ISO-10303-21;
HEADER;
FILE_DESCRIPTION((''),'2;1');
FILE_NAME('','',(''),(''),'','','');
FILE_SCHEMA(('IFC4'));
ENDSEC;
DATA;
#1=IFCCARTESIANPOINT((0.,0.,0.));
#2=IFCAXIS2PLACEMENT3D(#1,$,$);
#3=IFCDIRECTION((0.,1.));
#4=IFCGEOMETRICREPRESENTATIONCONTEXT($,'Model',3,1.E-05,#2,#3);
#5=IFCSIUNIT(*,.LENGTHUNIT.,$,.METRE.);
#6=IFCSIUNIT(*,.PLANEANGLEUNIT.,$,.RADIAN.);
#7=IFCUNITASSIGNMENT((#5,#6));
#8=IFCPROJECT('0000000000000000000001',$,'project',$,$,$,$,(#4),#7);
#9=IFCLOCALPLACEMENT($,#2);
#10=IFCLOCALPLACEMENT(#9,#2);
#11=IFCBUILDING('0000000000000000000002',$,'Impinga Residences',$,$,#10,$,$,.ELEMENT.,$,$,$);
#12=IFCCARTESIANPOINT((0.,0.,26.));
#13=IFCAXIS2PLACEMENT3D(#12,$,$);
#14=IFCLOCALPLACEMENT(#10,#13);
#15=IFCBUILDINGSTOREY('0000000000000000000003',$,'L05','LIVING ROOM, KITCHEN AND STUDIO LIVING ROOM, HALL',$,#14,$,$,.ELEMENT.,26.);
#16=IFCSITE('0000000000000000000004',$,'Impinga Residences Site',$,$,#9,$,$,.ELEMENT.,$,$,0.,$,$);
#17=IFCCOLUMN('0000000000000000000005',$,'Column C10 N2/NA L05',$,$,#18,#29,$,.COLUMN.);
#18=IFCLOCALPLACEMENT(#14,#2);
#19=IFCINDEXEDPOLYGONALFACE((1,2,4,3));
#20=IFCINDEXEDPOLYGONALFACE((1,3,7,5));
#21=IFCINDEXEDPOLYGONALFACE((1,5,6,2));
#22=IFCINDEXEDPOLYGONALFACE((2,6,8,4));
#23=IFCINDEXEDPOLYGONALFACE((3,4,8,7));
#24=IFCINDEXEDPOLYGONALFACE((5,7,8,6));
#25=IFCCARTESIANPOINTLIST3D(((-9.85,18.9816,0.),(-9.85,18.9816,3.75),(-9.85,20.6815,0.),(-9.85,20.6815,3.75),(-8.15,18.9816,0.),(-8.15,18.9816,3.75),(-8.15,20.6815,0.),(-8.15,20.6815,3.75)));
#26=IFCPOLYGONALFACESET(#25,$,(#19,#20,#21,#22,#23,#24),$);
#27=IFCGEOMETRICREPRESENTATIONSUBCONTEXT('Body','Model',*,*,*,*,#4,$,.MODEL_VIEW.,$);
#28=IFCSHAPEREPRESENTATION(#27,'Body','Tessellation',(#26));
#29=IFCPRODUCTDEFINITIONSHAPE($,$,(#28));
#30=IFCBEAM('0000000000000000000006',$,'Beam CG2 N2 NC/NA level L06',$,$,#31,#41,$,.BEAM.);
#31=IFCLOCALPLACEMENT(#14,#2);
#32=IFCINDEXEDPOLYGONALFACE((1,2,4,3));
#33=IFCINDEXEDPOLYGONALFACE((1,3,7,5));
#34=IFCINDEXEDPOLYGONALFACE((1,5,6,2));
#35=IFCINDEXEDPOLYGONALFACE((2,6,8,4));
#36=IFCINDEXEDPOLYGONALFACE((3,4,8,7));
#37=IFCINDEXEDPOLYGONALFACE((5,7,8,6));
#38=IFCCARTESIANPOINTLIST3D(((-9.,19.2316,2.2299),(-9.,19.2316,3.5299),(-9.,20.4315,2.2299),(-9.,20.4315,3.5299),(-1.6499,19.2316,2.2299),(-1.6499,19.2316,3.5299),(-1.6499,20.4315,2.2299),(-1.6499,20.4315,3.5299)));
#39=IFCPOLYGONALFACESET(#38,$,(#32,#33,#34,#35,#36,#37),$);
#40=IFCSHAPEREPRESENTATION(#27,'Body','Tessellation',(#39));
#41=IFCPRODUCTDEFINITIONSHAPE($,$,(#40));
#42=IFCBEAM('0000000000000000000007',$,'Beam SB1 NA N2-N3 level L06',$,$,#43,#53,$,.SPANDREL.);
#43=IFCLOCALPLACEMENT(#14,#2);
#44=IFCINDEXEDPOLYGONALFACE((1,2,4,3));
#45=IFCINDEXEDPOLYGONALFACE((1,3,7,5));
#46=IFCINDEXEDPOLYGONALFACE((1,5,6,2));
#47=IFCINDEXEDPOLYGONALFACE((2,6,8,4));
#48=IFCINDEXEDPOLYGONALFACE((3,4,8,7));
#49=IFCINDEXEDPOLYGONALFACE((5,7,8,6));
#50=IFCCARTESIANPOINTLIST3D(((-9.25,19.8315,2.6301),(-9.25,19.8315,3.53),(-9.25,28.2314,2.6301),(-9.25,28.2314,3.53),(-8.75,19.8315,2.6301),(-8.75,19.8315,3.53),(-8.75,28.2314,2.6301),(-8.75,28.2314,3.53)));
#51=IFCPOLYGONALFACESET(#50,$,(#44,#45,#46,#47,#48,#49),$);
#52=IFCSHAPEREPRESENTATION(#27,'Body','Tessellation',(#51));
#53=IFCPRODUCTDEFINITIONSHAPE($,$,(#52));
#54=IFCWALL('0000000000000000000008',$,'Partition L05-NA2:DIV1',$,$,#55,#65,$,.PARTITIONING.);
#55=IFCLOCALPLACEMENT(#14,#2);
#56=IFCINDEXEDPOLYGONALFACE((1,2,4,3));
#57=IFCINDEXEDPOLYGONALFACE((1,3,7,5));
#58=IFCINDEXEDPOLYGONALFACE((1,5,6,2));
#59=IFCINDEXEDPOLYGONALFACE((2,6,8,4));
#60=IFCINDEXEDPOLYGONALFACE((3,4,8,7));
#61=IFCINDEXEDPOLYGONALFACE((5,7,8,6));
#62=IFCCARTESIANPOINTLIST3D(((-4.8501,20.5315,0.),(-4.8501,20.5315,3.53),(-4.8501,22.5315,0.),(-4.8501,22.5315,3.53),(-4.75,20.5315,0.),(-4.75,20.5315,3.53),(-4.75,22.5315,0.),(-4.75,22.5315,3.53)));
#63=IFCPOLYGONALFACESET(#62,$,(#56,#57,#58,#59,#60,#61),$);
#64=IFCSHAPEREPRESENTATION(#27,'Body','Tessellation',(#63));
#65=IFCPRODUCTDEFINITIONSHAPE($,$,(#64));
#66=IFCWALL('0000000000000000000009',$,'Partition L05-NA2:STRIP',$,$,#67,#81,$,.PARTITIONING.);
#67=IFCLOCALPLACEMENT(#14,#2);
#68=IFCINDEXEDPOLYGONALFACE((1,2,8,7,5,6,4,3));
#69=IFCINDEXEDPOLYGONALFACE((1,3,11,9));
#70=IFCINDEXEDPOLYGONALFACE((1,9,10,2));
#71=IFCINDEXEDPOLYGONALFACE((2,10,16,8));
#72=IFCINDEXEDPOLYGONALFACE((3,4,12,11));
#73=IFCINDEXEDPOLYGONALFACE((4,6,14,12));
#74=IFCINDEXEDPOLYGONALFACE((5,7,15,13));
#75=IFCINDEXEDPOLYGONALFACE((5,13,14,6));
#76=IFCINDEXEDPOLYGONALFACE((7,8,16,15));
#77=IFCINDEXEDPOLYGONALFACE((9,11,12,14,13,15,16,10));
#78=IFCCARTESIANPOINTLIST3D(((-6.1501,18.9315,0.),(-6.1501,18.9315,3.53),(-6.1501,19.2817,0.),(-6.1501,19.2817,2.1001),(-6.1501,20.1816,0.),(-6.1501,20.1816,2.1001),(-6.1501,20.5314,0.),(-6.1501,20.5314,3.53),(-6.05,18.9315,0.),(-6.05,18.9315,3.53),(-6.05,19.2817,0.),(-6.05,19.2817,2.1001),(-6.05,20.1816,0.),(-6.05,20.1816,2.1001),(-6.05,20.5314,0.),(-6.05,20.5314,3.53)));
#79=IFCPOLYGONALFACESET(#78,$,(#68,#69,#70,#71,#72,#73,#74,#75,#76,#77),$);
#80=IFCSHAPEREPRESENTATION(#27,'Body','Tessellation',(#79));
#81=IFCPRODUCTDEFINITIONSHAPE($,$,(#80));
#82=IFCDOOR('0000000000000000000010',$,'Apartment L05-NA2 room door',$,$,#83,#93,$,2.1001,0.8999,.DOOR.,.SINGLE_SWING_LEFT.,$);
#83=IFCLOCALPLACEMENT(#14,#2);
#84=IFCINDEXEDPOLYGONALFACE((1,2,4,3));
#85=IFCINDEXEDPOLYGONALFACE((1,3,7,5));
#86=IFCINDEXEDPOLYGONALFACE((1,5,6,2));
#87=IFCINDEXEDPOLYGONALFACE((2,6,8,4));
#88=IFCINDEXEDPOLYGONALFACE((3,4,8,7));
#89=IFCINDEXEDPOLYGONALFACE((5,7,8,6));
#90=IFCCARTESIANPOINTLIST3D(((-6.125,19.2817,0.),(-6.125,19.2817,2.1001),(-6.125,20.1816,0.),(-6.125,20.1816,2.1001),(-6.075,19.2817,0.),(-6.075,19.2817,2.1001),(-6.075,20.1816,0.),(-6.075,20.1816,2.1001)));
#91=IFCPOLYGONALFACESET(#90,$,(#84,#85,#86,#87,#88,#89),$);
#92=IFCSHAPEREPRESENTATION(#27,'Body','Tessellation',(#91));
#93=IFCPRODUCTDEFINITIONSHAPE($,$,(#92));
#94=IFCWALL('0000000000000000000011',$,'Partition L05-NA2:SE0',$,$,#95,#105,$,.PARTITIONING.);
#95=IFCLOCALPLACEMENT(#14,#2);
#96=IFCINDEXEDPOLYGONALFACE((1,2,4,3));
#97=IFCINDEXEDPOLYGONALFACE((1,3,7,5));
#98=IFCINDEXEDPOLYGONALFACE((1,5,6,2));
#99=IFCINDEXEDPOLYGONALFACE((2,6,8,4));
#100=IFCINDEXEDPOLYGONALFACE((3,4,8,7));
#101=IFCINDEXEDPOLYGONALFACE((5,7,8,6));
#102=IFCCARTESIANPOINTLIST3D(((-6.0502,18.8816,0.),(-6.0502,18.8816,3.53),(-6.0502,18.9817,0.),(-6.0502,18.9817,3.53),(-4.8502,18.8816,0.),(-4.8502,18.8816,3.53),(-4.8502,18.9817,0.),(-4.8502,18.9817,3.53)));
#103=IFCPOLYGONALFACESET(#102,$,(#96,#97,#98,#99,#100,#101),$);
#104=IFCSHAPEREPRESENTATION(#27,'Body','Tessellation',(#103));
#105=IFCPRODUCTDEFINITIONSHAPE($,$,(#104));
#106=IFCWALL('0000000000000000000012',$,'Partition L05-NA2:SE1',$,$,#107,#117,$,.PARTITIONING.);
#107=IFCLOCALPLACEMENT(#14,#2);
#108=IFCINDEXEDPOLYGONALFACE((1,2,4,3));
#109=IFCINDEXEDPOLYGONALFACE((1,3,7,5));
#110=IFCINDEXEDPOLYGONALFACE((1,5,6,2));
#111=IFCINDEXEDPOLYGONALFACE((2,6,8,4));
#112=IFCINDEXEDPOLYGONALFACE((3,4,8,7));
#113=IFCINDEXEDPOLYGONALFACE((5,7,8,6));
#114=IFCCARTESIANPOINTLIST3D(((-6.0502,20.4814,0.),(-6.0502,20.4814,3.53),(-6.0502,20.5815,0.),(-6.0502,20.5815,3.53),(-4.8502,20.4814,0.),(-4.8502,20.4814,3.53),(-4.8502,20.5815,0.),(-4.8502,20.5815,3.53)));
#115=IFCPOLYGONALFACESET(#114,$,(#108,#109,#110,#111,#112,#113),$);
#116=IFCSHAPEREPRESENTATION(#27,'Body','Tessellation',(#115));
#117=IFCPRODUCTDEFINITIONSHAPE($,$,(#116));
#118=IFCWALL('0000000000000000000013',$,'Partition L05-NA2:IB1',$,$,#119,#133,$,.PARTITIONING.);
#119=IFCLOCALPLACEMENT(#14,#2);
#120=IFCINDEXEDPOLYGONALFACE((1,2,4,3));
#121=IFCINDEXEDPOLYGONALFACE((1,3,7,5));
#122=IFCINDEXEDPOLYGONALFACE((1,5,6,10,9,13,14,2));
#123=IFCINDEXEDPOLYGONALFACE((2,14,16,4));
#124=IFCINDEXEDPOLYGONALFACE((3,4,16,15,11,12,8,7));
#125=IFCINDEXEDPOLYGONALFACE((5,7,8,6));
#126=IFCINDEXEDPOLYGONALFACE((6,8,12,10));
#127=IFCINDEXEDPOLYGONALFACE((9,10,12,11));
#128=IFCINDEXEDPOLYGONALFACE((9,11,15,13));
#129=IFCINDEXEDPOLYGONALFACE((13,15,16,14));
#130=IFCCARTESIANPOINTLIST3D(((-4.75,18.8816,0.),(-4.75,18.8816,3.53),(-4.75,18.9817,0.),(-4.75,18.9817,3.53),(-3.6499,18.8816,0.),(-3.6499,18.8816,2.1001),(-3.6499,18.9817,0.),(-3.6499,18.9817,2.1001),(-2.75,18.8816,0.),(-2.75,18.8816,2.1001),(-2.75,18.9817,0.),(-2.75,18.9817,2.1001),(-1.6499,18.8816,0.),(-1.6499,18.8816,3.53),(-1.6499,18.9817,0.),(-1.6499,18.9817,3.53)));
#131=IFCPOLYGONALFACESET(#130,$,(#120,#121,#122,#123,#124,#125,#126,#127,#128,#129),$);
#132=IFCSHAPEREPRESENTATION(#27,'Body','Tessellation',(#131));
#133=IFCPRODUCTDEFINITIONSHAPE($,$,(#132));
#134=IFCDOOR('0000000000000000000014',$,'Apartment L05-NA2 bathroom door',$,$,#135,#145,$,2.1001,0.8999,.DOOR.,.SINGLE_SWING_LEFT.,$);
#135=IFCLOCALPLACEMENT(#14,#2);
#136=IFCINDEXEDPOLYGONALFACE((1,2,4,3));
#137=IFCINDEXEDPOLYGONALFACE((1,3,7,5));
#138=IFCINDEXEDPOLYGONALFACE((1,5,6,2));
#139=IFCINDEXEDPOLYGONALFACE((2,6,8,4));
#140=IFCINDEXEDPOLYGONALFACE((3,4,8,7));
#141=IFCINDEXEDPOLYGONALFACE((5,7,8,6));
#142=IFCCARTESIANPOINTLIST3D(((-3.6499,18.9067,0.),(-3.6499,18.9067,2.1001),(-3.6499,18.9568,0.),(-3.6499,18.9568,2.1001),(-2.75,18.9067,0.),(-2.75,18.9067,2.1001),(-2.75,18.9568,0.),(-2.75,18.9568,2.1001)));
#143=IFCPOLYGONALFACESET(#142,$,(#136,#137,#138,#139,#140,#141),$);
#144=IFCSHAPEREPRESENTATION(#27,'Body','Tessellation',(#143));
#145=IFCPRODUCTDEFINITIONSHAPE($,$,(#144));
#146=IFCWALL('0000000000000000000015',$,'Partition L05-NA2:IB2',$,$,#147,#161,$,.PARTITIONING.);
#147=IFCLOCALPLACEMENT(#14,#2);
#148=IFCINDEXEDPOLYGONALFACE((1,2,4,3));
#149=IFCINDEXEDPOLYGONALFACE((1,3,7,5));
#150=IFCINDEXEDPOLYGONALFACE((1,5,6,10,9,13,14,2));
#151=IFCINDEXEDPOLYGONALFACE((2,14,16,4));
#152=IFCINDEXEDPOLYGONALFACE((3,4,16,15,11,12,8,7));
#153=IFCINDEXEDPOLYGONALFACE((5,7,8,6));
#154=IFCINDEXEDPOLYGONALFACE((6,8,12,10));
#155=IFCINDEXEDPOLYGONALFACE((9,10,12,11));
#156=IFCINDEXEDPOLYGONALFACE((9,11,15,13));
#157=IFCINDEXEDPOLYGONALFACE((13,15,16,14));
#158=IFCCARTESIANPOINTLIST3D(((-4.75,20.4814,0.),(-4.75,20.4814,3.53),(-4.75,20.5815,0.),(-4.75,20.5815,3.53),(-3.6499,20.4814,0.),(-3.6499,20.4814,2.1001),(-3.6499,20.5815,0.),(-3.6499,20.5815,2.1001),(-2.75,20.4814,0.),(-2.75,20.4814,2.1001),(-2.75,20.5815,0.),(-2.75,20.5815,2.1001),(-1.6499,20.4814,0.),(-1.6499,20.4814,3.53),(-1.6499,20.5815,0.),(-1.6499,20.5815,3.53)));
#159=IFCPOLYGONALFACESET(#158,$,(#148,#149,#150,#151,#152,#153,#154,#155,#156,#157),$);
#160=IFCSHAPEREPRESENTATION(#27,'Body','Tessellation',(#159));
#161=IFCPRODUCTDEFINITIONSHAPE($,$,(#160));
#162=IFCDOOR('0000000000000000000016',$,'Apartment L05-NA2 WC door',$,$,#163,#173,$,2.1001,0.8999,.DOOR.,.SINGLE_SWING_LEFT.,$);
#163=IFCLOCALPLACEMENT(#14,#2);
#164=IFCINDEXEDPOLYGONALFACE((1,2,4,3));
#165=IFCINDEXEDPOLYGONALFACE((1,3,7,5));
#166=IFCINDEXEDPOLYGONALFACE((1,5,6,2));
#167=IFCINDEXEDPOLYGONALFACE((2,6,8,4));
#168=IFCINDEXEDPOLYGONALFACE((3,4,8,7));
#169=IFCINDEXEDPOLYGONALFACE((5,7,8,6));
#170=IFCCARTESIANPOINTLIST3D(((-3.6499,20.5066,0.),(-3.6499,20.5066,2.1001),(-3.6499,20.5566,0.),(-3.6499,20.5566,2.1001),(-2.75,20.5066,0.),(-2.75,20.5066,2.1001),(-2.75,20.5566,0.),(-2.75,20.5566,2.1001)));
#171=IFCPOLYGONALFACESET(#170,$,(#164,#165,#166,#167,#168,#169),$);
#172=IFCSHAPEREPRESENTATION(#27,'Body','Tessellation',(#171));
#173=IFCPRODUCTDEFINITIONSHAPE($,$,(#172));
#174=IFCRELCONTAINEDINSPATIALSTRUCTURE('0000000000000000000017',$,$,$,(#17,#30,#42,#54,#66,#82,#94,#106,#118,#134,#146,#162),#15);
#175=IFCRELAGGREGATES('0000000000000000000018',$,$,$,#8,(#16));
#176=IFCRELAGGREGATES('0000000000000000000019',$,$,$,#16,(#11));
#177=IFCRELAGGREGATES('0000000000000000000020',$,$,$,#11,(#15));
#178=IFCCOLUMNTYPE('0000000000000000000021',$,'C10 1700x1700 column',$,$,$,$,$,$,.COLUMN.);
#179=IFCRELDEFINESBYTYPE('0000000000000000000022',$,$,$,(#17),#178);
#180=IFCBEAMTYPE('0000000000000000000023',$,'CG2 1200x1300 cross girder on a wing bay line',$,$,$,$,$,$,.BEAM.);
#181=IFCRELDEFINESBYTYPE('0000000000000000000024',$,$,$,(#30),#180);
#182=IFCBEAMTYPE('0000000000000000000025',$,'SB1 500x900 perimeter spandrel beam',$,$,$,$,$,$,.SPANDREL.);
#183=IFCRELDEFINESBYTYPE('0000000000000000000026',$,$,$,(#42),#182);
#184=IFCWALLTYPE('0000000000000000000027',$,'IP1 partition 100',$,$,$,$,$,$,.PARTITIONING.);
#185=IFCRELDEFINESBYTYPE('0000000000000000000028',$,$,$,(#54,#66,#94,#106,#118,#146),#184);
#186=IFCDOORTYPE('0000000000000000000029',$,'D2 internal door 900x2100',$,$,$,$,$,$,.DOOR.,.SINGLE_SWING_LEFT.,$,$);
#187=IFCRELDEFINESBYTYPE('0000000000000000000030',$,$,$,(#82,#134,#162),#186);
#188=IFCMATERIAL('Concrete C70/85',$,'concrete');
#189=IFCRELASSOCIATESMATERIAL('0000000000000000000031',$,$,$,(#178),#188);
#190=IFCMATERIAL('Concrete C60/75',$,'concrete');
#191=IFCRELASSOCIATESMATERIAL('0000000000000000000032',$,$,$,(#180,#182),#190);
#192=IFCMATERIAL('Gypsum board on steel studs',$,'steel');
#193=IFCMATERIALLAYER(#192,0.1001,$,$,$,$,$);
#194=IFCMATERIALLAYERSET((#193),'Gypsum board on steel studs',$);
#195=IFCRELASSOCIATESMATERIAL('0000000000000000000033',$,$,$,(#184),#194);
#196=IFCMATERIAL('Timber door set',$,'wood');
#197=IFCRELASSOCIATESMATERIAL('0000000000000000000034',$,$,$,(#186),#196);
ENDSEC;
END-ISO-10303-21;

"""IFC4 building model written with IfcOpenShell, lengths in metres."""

from ifc_helpers import new_model, si_unit, direction, frame, frame_2d, origin, origin_2d, place, context, subcontext, project, spatial, rectangle, extrude, material, layer, layer_set, material_profile, profile_set, type_object, element, fill, save


model = new_model("IFC4")

# Units and contexts
model_context = context("Model", 3, precision=1e-05, world=origin(), true_north=direction((0.0, 1.0)))
body_context = subcontext(model_context, "Body", "Model", "MODEL_VIEW")
ifc_project = project(units=[si_unit("LENGTHUNIT", "METRE"), si_unit("PLANEANGLEUNIT", "RADIAN")], contexts=[model_context])

# Site, building, storey
site_placement = place(None, origin())
site = spatial("IfcSite", under=ifc_project, at=site_placement, Name="Impinga Residences Site", CompositionType="ELEMENT", RefElevation=0.0)
building_placement = place(site_placement, origin())
building = spatial("IfcBuilding", under=site, at=building_placement, Name="Impinga Residences", CompositionType="ELEMENT")
storey_placement = place(building_placement, frame((0.0, 0.0, 26.0)))
storey = spatial("IfcBuildingStorey", under=building, at=storey_placement, Name="L05", Description="LIVING ROOM, KITCHEN AND STUDIO LIVING ROOM, HALL", CompositionType="ELEMENT", Elevation=26.0)

# Column
ifc_material_1 = material(Name="Concrete C70/85", Category="concrete")
ifc_material_profile_1 = material_profile(ifc_material_1, rectangle(XDim=1.7, YDim=1.7, at=origin_2d()), Name="RC 1700x1700")
ifc_profile_set_1 = profile_set([ifc_material_profile_1], Name="Concrete C70/85")
column_type = type_object("IfcColumnType", Name="C10 1700x1700 column", PredefinedType="COLUMN", material=ifc_profile_set_1)
column_placement = place(storey_placement, frame((-9.0, 19.8315, 0.0), z_axis=(0.0, 0.0, 1.0), x_axis=(1.0, 0.0, 0.0)))
element("IfcColumn", 1, at=column_placement, inside=storey, type_object=column_type, Name="Column C10 N2/NA L05", PredefinedType="COLUMN", context=body_context, shape_type="SweptSolid", body=[
    extrude(rectangle(XDim=1.7, YDim=1.7, at=origin_2d()), origin(), (0.0, 0.0, 1.0), 3.75),
])

# Beams
ifc_material_2 = material(Name="Concrete C60/75", Category="concrete")
ifc_material_profile_2 = material_profile(ifc_material_2, rectangle(XDim=1.2, YDim=1.3, at=origin_2d()), Name="RC 1200x1300")
ifc_profile_set_2 = profile_set([ifc_material_profile_2], Name="Concrete C60/75")
beam_type_1 = type_object("IfcBeamType", Name="CG2 1200x1300 cross girder on a wing bay line", PredefinedType="BEAM", material=ifc_profile_set_2)
beam_1_placement = place(storey_placement, frame((-1.6499, 19.8315, 2.8799), z_axis=(-1.0, 0.0, 0.0), x_axis=(0.0, -1.0, 0.0)))
element("IfcBeam", 2, at=beam_1_placement, inside=storey, type_object=beam_type_1, Name="Beam CG2 N2 NC/NA level L06", PredefinedType="BEAM", context=body_context, shape_type="SweptSolid", body=[
    extrude(rectangle(XDim=1.2, YDim=1.3, at=origin_2d()), origin(), (0.0, 0.0, 1.0), 7.3501),
])
ifc_material_profile_3 = material_profile(ifc_material_2, rectangle(XDim=0.5, YDim=0.8999, at=origin_2d()), Name="RC 500x900")
ifc_profile_set_3 = profile_set([ifc_material_profile_3], Name="Concrete C60/75")
beam_type_2 = type_object("IfcBeamType", Name="SB1 500x900 perimeter spandrel beam", PredefinedType="SPANDREL", material=ifc_profile_set_3)
beam_2_placement = place(storey_placement, frame((-9.0, 19.8315, 3.0801), z_axis=(0.0, 1.0, 0.0), x_axis=(-1.0, 0.0, 0.0)))
element("IfcBeam", 3, at=beam_2_placement, inside=storey, type_object=beam_type_2, Name="Beam SB1 NA N2-N3 level L06", PredefinedType="SPANDREL", context=body_context, shape_type="SweptSolid", body=[
    extrude(rectangle(XDim=0.5, YDim=0.8999, at=origin_2d()), origin(), (0.0, 0.0, 1.0), 8.3999),
])

# Wall
ifc_material_3 = material(Name="Gypsum board on steel studs", Category="steel")
ifc_layer_1 = layer(ifc_material_3, 0.1001)
ifc_layer_set_1 = layer_set([ifc_layer_1], Name="Gypsum board on steel studs")
wall_type_1 = type_object("IfcWallType", Name="IP1 partition 100", PredefinedType="PARTITIONING", material=ifc_layer_set_1)
wall_1_placement = place(storey_placement, frame((-4.8, 20.5315, 0.0), z_axis=(0.0, 0.0, 1.0), x_axis=(0.0, 1.0, 0.0)))
element("IfcWall", 4, at=wall_1_placement, inside=storey, type_object=wall_type_1, Name="Partition L05-NA2:DIV1", PredefinedType="PARTITIONING", context=body_context, shape_type="SweptSolid", body=[
    extrude(rectangle(XDim=2.0, YDim=0.1001, at=frame_2d((1.0, 0.0))), origin(), (0.0, 0.0, 1.0), 3.53),
])

# Wall, opening, door
wall_2_placement = place(storey_placement, frame((-6.1001, 18.9316, 0.0), z_axis=(0.0, 0.0, 1.0), x_axis=(0.0, 1.0, 0.0)))
wall_2 = element("IfcWall", 5, at=wall_2_placement, inside=storey, type_object=wall_type_1, Name="Partition L05-NA2:STRIP", PredefinedType="PARTITIONING", context=body_context, shape_type="SweptSolid", body=[
    extrude(rectangle(XDim=1.5999, YDim=0.1001, at=frame_2d((0.7998, 0.0))), origin(), (0.0, 0.0, 1.0), 3.53),
])
opening_1_placement = place(wall_2_placement, frame((0.3501, 0.0, 0.0)))
opening_1 = element("IfcOpeningElement", 6, at=opening_1_placement, cuts=wall_2, PredefinedType="OPENING", context=body_context, shape_type="SweptSolid", body=[
    extrude(rectangle(XDim=0.8999, YDim=2.1001, at=frame_2d((0.45, 1.05))), frame((0.0, 0.0601, 0.0), z_axis=(0.0, -1.0, 0.0), x_axis=(1.0, 0.0, 0.0)), (0.0, 0.0, 1.0), 0.1201),
])
ifc_material_4 = material(Name="Timber door set", Category="wood")
door_type = type_object("IfcDoorType", Name="D2 internal door 900x2100", OperationType="SINGLE_SWING_LEFT", PredefinedType="DOOR", material=ifc_material_4)
door_1_placement = place(opening_1_placement, origin())
door_1 = element("IfcDoor", 7, at=door_1_placement, inside=storey, type_object=door_type, Name="Apartment L05-NA2 room door", OperationType="SINGLE_SWING_LEFT", OverallHeight=2.1001, OverallWidth=0.8999, PredefinedType="DOOR", context=body_context, shape_type="SweptSolid", body=[
    extrude(rectangle(XDim=0.8999, YDim=2.1001, at=frame_2d((0.45, 1.05))), frame((0.0, 0.0249, 0.0), z_axis=(0.0, -1.0, 0.0), x_axis=(1.0, 0.0, 0.0)), (0.0, 0.0, 1.0), 0.05),
])
fill(opening_1, door_1)

# Walls
for number, where, z_axis, x_axis, name in (
    (8, (-4.8501, 18.9316, 0.0), (0.0, 0.0, 1.0), (-1.0, 0.0, 0.0), "Partition L05-NA2:SE0"),
    (9, (-4.8501, 20.5315, 0.0), (0.0, 0.0, 1.0), (-1.0, 0.0, 0.0), "Partition L05-NA2:SE1"),
):
    element("IfcWall", number, at=place(storey_placement, frame(where, z_axis=z_axis, x_axis=x_axis)), inside=storey, type_object=wall_type_1, Name=name, PredefinedType="PARTITIONING", context=body_context, shape_type="SweptSolid", body=[
        extrude(rectangle(XDim=1.2, YDim=0.1001, at=frame_2d((0.6001, 0.0))), origin(), (0.0, 0.0, 1.0), 3.53),
    ])

# Walls, openings, doors
wall_3_placement = place(storey_placement, frame((-1.6499, 18.9316, 0.0), z_axis=(0.0, 0.0, 1.0), x_axis=(-1.0, 0.0, 0.0)))
wall_3 = element("IfcWall", 10, at=wall_3_placement, inside=storey, type_object=wall_type_1, Name="Partition L05-NA2:IB1", PredefinedType="PARTITIONING", context=body_context, shape_type="SweptSolid", body=[
    extrude(rectangle(XDim=3.1001, YDim=0.1001, at=frame_2d((1.55, 0.0))), origin(), (0.0, 0.0, 1.0), 3.53),
])
opening_2_placement = place(wall_3_placement, frame((1.1001, 0.0, 0.0)))
opening_2 = element("IfcOpeningElement", 11, at=opening_2_placement, cuts=wall_3, PredefinedType="OPENING", context=body_context, shape_type="SweptSolid", body=[
    extrude(rectangle(XDim=0.8999, YDim=2.1001, at=frame_2d((0.45, 1.05))), frame((0.0, 0.0601, 0.0), z_axis=(0.0, -1.0, 0.0), x_axis=(1.0, 0.0, 0.0)), (0.0, 0.0, 1.0), 0.1201),
])
door_2_placement = place(opening_2_placement, origin())
door_2 = element("IfcDoor", 12, at=door_2_placement, inside=storey, type_object=door_type, Name="Apartment L05-NA2 bathroom door", OperationType="SINGLE_SWING_LEFT", OverallHeight=2.1001, OverallWidth=0.8999, PredefinedType="DOOR", context=body_context, shape_type="SweptSolid", body=[
    extrude(rectangle(XDim=0.8999, YDim=2.1001, at=frame_2d((0.45, 1.05))), frame((0.0, 0.0249, 0.0), z_axis=(0.0, -1.0, 0.0), x_axis=(1.0, 0.0, 0.0)), (0.0, 0.0, 1.0), 0.05),
])
fill(opening_2, door_2)
wall_4_placement = place(storey_placement, frame((-1.6499, 20.5315, 0.0), z_axis=(0.0, 0.0, 1.0), x_axis=(-1.0, 0.0, 0.0)))
wall_4 = element("IfcWall", 13, at=wall_4_placement, inside=storey, type_object=wall_type_1, Name="Partition L05-NA2:IB2", PredefinedType="PARTITIONING", context=body_context, shape_type="SweptSolid", body=[
    extrude(rectangle(XDim=3.1001, YDim=0.1001, at=frame_2d((1.55, 0.0))), origin(), (0.0, 0.0, 1.0), 3.53),
])
opening_3_placement = place(wall_4_placement, frame((1.1001, 0.0, 0.0)))
opening_3 = element("IfcOpeningElement", 14, at=opening_3_placement, cuts=wall_4, PredefinedType="OPENING", context=body_context, shape_type="SweptSolid", body=[
    extrude(rectangle(XDim=0.8999, YDim=2.1001, at=frame_2d((0.45, 1.05))), frame((0.0, 0.0601, 0.0), z_axis=(0.0, -1.0, 0.0), x_axis=(1.0, 0.0, 0.0)), (0.0, 0.0, 1.0), 0.1201),
])
door_3_placement = place(opening_3_placement, origin())
door_3 = element("IfcDoor", 15, at=door_3_placement, inside=storey, type_object=door_type, Name="Apartment L05-NA2 WC door", OperationType="SINGLE_SWING_LEFT", OverallHeight=2.1001, OverallWidth=0.8999, PredefinedType="DOOR", context=body_context, shape_type="SweptSolid", body=[
    extrude(rectangle(XDim=0.8999, YDim=2.1001, at=frame_2d((0.45, 1.05))), frame((0.0, 0.0249, 0.0), z_axis=(0.0, -1.0, 0.0), x_axis=(1.0, 0.0, 0.0)), (0.0, 0.0, 1.0), 0.05),
])
fill(opening_3, door_3)

save(model, "model.ifc")
